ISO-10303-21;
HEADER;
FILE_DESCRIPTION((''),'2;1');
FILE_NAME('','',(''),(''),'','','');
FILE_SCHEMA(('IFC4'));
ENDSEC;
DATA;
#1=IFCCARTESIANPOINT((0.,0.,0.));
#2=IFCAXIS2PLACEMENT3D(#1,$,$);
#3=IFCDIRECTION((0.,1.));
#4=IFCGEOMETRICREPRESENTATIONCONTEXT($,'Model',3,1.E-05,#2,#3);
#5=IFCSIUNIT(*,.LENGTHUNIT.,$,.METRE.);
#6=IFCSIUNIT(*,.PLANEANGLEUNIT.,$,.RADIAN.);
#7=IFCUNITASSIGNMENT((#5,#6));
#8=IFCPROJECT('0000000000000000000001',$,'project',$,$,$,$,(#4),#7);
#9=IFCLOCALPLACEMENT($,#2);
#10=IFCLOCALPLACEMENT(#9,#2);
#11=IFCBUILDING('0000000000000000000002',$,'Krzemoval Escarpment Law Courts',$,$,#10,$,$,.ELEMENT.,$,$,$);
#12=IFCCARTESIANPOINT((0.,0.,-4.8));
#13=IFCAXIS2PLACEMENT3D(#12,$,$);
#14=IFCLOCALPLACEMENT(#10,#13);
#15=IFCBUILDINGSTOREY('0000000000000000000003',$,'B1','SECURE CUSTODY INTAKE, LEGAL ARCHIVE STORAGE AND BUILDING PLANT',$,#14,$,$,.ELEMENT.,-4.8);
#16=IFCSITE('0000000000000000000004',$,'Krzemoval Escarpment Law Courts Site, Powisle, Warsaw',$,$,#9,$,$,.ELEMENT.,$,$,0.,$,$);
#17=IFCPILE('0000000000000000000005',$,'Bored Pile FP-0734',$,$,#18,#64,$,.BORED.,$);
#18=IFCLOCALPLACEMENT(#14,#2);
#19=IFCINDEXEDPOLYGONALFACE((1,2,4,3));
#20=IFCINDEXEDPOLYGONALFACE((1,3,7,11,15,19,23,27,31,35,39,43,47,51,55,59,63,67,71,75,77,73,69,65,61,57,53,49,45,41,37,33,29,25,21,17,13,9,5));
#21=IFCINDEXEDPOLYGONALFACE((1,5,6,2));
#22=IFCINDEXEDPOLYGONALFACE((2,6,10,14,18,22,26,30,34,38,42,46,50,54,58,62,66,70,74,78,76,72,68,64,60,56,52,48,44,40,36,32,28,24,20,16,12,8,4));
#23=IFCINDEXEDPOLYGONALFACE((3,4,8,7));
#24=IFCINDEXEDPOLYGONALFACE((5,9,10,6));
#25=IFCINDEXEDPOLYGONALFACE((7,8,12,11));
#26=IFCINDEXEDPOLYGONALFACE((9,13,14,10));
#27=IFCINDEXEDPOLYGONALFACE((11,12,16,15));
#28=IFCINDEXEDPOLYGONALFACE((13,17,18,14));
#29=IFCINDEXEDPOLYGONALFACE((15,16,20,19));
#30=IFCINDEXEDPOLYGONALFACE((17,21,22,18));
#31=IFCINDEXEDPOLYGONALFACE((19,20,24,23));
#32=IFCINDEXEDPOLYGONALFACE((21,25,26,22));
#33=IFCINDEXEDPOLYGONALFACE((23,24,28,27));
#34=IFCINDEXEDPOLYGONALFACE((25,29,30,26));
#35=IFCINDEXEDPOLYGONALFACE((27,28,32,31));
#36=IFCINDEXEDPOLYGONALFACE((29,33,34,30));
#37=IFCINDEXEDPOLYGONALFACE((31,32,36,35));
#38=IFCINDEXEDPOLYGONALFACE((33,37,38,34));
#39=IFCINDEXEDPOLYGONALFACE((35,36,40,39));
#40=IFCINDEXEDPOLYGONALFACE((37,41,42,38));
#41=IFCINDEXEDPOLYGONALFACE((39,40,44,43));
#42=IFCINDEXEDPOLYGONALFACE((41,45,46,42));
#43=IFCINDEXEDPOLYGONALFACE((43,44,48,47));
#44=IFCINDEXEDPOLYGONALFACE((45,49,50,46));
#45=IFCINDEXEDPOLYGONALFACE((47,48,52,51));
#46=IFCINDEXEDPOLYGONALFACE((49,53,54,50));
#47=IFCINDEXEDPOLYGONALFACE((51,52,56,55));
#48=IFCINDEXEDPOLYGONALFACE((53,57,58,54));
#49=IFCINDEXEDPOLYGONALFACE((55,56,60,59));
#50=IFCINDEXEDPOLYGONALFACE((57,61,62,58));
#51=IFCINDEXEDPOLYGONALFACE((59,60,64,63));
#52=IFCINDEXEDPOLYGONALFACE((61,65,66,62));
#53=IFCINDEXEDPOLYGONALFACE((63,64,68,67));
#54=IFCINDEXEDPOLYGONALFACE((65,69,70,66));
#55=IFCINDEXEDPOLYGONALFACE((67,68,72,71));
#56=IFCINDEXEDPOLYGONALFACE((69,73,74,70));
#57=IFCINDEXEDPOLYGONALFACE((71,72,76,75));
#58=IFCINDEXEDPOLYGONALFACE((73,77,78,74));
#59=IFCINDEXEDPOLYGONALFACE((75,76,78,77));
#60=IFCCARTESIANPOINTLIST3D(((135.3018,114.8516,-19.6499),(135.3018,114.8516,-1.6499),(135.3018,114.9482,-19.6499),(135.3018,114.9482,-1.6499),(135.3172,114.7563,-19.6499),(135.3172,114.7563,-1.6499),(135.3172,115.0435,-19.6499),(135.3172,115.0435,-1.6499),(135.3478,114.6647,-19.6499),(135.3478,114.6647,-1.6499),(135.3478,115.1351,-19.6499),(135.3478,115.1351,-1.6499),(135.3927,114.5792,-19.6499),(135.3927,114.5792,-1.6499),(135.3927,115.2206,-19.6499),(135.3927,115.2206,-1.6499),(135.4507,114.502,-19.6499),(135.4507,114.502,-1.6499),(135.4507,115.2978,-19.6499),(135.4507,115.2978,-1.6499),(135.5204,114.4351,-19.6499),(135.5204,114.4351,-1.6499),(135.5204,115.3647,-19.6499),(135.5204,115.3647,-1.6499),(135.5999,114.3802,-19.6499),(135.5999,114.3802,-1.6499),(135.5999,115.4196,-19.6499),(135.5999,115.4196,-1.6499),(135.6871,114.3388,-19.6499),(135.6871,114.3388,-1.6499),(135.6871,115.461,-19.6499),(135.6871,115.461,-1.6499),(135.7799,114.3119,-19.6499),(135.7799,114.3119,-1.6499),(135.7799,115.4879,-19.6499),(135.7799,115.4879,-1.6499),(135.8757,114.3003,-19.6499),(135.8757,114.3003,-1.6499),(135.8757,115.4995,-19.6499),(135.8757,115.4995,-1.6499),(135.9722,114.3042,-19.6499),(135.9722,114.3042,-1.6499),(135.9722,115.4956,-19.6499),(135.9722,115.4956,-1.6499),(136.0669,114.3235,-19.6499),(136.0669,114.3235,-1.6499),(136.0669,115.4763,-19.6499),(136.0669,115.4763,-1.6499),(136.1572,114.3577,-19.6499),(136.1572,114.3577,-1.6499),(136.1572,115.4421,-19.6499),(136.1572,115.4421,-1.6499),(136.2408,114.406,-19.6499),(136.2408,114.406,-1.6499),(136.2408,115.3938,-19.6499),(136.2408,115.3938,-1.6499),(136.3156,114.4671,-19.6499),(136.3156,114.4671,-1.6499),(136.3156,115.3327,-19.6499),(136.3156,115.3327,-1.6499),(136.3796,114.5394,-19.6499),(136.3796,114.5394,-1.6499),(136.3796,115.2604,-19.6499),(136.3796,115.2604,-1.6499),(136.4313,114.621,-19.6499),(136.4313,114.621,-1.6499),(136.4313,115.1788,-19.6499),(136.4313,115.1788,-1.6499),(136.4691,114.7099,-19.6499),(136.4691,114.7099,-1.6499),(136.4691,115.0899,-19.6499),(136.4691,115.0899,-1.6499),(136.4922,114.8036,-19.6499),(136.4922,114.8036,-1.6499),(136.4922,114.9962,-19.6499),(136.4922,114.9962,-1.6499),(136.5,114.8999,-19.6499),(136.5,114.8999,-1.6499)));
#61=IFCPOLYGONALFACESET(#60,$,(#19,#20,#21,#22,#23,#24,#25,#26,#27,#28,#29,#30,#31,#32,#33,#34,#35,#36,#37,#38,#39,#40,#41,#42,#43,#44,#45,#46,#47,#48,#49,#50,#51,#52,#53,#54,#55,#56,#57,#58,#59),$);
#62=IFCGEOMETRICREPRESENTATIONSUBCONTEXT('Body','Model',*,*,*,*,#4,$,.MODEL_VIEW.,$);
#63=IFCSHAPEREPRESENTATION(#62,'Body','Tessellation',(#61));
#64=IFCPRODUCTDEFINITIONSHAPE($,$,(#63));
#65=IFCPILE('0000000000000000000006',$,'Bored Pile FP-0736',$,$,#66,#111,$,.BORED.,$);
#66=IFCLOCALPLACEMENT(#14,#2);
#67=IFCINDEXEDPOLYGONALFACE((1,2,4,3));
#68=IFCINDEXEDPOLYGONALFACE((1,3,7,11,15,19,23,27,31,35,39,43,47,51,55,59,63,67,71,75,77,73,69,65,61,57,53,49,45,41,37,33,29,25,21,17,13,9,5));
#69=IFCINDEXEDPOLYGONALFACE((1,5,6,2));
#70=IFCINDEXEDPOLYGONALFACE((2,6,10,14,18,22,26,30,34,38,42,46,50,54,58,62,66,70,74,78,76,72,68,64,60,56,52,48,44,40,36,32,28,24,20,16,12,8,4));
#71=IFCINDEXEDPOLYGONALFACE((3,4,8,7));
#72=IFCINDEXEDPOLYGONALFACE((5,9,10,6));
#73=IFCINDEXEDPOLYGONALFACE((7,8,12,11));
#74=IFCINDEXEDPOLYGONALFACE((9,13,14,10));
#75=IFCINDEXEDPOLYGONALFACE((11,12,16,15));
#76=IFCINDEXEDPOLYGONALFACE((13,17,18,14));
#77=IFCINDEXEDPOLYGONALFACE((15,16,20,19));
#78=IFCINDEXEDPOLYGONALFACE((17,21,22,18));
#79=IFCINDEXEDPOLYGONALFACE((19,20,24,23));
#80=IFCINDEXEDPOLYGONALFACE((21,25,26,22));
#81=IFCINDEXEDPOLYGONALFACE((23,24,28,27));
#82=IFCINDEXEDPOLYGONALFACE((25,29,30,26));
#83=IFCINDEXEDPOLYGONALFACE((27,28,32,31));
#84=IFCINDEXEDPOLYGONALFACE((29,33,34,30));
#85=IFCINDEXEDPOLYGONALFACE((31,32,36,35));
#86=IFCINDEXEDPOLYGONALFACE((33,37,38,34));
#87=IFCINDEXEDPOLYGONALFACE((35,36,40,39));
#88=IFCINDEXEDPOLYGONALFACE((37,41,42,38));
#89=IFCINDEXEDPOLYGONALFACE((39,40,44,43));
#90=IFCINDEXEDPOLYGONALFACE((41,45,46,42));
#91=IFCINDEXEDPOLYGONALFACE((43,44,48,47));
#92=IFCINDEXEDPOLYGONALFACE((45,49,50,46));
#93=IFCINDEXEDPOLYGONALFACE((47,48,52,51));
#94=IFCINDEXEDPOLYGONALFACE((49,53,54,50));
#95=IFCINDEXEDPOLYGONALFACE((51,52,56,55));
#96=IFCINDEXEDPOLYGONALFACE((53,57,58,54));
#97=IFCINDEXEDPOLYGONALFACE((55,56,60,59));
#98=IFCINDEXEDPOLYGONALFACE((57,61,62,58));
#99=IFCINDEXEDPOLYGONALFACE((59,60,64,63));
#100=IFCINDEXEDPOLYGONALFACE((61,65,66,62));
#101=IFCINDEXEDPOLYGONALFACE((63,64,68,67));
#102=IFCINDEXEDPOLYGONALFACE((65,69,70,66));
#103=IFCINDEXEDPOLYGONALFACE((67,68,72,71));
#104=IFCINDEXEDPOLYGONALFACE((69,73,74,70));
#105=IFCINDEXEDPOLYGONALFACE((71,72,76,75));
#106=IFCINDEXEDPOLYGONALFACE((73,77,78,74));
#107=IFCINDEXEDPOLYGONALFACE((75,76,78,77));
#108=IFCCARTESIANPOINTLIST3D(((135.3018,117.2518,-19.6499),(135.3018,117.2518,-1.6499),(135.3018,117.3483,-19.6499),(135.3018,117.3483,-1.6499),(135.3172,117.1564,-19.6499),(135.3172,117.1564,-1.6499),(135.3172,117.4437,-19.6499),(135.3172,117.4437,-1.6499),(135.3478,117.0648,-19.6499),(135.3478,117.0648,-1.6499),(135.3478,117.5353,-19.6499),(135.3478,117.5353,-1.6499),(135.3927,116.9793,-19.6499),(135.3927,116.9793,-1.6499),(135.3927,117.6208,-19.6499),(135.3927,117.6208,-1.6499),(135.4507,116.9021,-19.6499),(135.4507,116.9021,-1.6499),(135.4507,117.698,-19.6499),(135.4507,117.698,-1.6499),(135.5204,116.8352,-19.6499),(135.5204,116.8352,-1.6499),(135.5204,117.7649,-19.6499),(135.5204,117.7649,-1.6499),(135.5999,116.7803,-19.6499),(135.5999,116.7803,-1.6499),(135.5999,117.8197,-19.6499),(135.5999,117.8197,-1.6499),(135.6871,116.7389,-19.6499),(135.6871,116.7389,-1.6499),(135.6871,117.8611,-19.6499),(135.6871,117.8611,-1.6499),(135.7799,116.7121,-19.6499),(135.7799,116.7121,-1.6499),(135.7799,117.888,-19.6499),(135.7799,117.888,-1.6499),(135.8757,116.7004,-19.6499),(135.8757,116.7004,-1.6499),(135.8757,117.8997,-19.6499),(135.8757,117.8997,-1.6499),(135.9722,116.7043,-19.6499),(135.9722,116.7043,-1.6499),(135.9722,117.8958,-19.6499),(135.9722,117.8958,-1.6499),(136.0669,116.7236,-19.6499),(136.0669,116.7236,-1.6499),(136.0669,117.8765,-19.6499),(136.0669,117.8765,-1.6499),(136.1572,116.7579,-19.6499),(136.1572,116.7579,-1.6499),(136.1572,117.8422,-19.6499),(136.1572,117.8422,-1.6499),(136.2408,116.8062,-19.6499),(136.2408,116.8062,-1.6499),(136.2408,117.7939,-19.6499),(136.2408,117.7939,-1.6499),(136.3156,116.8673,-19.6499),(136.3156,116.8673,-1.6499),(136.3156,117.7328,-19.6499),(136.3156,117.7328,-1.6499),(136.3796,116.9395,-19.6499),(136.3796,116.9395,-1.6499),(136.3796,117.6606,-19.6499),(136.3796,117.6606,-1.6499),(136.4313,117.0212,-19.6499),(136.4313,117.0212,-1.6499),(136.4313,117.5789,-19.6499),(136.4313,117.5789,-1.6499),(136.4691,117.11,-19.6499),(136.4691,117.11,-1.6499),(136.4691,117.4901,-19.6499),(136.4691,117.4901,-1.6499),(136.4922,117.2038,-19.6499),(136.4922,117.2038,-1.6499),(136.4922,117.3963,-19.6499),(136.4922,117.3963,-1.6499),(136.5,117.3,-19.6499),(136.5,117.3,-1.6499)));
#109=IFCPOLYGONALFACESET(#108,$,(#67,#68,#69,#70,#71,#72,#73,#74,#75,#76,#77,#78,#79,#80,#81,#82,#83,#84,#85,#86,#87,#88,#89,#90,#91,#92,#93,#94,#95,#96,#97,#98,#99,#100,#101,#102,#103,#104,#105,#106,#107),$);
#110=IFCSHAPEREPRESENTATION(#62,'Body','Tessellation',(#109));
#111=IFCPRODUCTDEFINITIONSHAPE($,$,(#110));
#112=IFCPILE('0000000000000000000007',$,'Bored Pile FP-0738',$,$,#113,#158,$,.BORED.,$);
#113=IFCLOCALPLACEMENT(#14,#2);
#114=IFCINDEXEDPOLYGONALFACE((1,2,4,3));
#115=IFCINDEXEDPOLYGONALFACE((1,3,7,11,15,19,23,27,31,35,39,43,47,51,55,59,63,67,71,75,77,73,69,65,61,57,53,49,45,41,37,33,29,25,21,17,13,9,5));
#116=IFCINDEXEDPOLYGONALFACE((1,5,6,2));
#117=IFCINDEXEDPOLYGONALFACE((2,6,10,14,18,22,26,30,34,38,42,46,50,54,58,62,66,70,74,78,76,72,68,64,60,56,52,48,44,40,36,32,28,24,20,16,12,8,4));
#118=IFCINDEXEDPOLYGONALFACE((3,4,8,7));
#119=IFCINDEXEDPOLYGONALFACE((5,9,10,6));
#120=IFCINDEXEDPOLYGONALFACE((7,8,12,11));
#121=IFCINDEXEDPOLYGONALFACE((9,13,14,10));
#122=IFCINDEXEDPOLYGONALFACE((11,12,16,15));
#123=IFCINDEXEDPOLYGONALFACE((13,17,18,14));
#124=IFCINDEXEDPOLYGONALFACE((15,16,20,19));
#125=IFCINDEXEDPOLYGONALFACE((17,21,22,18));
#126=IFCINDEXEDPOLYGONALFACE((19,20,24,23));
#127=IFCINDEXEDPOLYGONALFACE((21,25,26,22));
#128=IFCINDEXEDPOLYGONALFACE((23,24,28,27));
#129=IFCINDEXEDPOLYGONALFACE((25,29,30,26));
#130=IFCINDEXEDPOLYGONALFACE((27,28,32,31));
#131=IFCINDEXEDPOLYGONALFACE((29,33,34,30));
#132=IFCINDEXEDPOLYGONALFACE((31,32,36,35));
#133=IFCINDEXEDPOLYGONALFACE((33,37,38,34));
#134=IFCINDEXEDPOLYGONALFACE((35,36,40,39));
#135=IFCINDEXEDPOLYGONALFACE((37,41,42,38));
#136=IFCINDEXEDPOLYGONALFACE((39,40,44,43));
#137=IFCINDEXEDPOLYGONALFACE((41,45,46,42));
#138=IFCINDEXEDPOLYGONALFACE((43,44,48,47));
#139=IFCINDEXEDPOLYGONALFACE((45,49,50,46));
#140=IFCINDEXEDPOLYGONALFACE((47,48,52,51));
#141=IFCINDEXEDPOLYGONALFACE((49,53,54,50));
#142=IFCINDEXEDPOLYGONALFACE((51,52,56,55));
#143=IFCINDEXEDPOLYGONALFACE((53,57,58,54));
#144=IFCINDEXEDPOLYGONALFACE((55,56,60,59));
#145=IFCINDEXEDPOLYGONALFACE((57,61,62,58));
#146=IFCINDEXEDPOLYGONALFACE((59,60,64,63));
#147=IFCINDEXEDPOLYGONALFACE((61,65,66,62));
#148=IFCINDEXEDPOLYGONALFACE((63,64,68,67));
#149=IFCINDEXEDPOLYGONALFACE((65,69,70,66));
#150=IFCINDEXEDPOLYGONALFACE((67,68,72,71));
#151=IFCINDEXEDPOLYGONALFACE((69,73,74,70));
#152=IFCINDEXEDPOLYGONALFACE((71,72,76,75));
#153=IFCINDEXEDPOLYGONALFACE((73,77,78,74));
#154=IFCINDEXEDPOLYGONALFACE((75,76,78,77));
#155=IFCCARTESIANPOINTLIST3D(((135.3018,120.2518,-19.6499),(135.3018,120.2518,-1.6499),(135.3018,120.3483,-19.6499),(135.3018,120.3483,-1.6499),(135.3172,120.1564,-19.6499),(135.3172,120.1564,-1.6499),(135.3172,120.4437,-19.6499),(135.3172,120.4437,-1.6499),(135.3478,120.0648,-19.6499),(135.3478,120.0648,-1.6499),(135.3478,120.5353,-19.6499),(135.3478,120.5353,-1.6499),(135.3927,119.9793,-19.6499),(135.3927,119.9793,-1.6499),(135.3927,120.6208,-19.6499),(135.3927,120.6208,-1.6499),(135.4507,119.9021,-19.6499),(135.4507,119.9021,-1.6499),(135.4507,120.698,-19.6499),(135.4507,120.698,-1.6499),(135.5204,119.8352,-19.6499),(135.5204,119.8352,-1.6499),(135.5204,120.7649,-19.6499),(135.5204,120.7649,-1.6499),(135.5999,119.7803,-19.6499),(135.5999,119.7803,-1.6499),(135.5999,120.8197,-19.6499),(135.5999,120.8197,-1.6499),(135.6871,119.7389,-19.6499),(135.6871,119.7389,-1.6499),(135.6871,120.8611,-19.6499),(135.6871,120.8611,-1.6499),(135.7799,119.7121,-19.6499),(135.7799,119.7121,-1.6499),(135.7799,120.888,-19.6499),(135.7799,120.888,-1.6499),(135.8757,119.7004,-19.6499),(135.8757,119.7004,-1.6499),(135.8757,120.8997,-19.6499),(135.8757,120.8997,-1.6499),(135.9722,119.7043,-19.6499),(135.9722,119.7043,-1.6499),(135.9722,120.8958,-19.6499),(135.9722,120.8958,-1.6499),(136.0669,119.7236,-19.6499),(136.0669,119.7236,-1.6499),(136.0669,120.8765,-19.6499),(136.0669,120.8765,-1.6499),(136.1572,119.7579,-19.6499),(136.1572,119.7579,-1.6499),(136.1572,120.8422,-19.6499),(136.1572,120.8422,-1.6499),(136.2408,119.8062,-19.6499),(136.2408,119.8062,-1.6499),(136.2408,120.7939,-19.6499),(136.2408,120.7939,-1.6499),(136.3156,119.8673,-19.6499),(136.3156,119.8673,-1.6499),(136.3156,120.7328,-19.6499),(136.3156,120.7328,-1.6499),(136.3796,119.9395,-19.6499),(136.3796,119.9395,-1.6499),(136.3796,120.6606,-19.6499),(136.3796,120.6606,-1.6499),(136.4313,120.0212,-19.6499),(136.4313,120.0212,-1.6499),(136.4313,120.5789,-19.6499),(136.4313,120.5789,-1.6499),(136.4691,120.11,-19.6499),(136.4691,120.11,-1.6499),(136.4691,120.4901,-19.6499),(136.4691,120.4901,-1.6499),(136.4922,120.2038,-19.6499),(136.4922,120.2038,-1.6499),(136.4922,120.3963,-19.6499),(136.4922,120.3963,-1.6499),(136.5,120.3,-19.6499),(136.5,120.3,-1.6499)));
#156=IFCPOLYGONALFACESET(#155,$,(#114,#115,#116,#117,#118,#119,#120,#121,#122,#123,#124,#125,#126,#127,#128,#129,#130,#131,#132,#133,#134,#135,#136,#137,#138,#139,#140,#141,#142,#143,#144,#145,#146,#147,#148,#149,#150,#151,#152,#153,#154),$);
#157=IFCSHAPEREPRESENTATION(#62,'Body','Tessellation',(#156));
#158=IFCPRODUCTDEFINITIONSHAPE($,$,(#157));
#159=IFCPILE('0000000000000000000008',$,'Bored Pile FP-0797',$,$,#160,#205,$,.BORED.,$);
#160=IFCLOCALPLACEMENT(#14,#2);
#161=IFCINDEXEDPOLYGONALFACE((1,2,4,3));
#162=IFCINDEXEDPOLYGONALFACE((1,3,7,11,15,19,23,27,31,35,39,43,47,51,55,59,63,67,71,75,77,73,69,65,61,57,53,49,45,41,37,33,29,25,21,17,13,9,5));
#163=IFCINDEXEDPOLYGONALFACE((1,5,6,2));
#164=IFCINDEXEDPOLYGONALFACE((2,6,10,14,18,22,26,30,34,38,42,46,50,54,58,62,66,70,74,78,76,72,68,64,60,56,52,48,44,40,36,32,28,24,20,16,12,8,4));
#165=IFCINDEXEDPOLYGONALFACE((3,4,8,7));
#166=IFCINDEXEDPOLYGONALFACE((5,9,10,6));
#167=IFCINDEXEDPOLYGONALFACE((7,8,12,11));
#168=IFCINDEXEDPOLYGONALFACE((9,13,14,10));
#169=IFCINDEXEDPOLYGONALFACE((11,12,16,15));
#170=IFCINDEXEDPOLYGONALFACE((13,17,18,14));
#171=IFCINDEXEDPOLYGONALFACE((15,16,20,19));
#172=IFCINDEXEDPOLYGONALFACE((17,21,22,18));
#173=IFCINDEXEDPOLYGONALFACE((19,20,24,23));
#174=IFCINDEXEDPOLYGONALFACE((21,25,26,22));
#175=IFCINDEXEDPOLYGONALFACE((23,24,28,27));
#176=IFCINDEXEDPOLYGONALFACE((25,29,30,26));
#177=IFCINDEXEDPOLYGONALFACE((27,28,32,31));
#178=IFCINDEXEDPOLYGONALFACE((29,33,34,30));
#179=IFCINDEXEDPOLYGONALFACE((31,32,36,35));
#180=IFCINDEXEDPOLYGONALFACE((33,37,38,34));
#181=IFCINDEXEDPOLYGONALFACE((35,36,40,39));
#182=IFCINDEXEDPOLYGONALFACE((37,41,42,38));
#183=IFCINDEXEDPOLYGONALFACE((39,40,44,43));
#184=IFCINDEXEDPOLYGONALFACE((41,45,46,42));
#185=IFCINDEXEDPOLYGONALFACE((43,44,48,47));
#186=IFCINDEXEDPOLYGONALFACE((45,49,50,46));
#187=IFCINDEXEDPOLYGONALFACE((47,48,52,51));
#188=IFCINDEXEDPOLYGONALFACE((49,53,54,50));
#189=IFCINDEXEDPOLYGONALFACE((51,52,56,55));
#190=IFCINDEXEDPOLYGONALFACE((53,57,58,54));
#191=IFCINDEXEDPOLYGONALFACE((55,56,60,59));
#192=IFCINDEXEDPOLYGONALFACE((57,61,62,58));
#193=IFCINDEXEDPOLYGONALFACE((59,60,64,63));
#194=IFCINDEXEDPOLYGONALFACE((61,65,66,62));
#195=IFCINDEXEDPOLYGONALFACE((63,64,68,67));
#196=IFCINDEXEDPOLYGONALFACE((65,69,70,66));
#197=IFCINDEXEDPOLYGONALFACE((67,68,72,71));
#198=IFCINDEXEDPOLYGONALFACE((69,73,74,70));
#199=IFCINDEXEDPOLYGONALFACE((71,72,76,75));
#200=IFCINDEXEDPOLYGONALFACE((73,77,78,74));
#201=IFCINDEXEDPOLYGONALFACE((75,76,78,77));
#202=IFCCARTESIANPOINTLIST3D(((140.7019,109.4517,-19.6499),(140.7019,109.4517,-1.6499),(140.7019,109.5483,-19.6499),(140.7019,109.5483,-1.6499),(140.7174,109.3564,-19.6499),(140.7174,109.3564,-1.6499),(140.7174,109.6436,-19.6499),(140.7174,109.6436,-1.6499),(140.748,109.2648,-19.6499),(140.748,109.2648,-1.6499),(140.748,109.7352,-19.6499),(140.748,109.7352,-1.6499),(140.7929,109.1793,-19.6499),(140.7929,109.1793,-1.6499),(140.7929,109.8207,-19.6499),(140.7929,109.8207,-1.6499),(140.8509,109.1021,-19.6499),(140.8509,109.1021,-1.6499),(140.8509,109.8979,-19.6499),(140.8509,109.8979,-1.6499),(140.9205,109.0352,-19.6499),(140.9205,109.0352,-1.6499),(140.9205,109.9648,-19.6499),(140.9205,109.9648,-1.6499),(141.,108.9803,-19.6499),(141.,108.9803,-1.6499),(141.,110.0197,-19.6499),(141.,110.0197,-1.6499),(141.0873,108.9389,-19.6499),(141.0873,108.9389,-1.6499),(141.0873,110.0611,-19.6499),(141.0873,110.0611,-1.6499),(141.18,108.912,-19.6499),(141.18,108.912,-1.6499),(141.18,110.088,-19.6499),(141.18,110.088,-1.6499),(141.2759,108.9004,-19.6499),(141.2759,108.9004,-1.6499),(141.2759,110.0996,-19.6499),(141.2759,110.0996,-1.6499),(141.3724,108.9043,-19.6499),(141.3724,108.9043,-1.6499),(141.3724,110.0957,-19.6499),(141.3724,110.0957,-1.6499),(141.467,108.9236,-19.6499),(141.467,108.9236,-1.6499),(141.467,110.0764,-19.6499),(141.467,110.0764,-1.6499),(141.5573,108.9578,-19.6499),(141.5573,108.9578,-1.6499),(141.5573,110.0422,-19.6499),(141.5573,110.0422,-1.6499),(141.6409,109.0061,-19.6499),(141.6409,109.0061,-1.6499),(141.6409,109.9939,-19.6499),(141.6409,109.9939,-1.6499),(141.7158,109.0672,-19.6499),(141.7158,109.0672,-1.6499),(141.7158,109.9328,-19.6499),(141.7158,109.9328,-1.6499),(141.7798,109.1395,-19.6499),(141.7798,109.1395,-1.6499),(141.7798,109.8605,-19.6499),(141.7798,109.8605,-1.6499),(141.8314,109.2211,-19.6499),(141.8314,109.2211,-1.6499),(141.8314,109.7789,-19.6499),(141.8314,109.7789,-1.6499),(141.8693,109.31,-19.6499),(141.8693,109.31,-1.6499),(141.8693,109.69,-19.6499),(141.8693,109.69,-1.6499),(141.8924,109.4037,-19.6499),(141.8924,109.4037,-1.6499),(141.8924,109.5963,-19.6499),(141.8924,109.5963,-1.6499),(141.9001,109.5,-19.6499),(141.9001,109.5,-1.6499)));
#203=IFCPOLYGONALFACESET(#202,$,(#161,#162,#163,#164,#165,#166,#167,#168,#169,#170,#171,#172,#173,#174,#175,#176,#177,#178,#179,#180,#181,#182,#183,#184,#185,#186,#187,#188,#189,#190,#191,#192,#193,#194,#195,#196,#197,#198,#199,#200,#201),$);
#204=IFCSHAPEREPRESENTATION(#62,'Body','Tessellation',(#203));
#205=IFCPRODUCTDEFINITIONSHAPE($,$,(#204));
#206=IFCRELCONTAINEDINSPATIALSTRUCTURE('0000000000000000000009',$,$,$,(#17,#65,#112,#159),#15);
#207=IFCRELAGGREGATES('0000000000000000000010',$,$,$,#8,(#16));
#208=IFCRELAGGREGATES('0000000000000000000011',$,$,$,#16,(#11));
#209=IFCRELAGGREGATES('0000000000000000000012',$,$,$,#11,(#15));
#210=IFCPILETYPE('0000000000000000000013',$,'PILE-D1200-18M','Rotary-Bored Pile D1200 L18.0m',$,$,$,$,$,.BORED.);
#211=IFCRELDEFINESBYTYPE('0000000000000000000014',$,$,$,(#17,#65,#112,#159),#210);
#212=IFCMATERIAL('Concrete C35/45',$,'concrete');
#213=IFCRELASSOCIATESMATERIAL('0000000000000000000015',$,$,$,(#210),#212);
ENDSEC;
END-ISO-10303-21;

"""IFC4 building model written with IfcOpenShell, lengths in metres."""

from ifc_helpers import new_model, si_unit, direction, frame, origin, origin_2d, place, context, subcontext, project, spatial, circle, extrude, material, material_profile, profile_set, type_object, element, save


model = new_model("IFC4")

# Units and contexts
model_context = context("Model", 3, precision=1e-05, world=origin(), true_north=direction((0.0, 1.0)))
body_context = subcontext(model_context, "Body", "Model", "MODEL_VIEW")
ifc_project = project(units=[si_unit("LENGTHUNIT", "METRE"), si_unit("PLANEANGLEUNIT", "RADIAN")], contexts=[model_context])

# Site, building, storey
site_placement = place(None, origin())
site = spatial("IfcSite", under=ifc_project, at=site_placement, Name="Krzemoval Escarpment Law Courts Site, Powisle, Warsaw", CompositionType="ELEMENT", RefElevation=0.0)
building_placement = place(site_placement, origin())
building = spatial("IfcBuilding", under=site, at=building_placement, Name="Krzemoval Escarpment Law Courts", CompositionType="ELEMENT")
storey_placement = place(building_placement, frame((0.0, 0.0, -4.8)))
storey = spatial("IfcBuildingStorey", under=building, at=storey_placement, Name="B1", Description="SECURE CUSTODY INTAKE, LEGAL ARCHIVE STORAGE AND BUILDING PLANT", CompositionType="ELEMENT", Elevation=-4.8)

# Piles
ifc_material_1 = material(Name="Concrete C35/45", Category="concrete")
ifc_material_profile_1 = material_profile(ifc_material_1, circle(Radius=0.6001, at=origin_2d()), Name="PILE D1200")
ifc_profile_set_1 = profile_set([ifc_material_profile_1], Name="Concrete C35/45")
pile_type = type_object("IfcPileType", Name="PILE-D1200-18M", Description="Rotary-Bored Pile D1200 L18.0m", PredefinedType="BORED", material=ifc_profile_set_1)
for number, where, z_axis, x_axis, name in (
    (1, (135.8999, 114.8999, -1.6499), (0.0, 0.0, -1.0), (1.0, 0.0, 0.0), "Bored Pile FP-0734"),
    (2, (135.8999, 117.3, -1.6499), (0.0, 0.0, -1.0), (1.0, 0.0, 0.0), "Bored Pile FP-0736"),
    (3, (135.8999, 120.3, -1.6499), (0.0, 0.0, -1.0), (1.0, 0.0, 0.0), "Bored Pile FP-0738"),
    (4, (141.3, 109.5, -1.6499), (0.0, 0.0, -1.0), (1.0, 0.0, 0.0), "Bored Pile FP-0797"),
):
    element("IfcPile", number, at=place(storey_placement, frame(where, z_axis=z_axis, x_axis=x_axis)), inside=storey, type_object=pile_type, Name=name, PredefinedType="BORED", context=body_context, shape_type="SweptSolid", body=[
        extrude(circle(Radius=0.6001, at=origin_2d()), origin(), (0.0, 0.0, 1.0), 18.0),
    ])

save(model, "model.ifc")
